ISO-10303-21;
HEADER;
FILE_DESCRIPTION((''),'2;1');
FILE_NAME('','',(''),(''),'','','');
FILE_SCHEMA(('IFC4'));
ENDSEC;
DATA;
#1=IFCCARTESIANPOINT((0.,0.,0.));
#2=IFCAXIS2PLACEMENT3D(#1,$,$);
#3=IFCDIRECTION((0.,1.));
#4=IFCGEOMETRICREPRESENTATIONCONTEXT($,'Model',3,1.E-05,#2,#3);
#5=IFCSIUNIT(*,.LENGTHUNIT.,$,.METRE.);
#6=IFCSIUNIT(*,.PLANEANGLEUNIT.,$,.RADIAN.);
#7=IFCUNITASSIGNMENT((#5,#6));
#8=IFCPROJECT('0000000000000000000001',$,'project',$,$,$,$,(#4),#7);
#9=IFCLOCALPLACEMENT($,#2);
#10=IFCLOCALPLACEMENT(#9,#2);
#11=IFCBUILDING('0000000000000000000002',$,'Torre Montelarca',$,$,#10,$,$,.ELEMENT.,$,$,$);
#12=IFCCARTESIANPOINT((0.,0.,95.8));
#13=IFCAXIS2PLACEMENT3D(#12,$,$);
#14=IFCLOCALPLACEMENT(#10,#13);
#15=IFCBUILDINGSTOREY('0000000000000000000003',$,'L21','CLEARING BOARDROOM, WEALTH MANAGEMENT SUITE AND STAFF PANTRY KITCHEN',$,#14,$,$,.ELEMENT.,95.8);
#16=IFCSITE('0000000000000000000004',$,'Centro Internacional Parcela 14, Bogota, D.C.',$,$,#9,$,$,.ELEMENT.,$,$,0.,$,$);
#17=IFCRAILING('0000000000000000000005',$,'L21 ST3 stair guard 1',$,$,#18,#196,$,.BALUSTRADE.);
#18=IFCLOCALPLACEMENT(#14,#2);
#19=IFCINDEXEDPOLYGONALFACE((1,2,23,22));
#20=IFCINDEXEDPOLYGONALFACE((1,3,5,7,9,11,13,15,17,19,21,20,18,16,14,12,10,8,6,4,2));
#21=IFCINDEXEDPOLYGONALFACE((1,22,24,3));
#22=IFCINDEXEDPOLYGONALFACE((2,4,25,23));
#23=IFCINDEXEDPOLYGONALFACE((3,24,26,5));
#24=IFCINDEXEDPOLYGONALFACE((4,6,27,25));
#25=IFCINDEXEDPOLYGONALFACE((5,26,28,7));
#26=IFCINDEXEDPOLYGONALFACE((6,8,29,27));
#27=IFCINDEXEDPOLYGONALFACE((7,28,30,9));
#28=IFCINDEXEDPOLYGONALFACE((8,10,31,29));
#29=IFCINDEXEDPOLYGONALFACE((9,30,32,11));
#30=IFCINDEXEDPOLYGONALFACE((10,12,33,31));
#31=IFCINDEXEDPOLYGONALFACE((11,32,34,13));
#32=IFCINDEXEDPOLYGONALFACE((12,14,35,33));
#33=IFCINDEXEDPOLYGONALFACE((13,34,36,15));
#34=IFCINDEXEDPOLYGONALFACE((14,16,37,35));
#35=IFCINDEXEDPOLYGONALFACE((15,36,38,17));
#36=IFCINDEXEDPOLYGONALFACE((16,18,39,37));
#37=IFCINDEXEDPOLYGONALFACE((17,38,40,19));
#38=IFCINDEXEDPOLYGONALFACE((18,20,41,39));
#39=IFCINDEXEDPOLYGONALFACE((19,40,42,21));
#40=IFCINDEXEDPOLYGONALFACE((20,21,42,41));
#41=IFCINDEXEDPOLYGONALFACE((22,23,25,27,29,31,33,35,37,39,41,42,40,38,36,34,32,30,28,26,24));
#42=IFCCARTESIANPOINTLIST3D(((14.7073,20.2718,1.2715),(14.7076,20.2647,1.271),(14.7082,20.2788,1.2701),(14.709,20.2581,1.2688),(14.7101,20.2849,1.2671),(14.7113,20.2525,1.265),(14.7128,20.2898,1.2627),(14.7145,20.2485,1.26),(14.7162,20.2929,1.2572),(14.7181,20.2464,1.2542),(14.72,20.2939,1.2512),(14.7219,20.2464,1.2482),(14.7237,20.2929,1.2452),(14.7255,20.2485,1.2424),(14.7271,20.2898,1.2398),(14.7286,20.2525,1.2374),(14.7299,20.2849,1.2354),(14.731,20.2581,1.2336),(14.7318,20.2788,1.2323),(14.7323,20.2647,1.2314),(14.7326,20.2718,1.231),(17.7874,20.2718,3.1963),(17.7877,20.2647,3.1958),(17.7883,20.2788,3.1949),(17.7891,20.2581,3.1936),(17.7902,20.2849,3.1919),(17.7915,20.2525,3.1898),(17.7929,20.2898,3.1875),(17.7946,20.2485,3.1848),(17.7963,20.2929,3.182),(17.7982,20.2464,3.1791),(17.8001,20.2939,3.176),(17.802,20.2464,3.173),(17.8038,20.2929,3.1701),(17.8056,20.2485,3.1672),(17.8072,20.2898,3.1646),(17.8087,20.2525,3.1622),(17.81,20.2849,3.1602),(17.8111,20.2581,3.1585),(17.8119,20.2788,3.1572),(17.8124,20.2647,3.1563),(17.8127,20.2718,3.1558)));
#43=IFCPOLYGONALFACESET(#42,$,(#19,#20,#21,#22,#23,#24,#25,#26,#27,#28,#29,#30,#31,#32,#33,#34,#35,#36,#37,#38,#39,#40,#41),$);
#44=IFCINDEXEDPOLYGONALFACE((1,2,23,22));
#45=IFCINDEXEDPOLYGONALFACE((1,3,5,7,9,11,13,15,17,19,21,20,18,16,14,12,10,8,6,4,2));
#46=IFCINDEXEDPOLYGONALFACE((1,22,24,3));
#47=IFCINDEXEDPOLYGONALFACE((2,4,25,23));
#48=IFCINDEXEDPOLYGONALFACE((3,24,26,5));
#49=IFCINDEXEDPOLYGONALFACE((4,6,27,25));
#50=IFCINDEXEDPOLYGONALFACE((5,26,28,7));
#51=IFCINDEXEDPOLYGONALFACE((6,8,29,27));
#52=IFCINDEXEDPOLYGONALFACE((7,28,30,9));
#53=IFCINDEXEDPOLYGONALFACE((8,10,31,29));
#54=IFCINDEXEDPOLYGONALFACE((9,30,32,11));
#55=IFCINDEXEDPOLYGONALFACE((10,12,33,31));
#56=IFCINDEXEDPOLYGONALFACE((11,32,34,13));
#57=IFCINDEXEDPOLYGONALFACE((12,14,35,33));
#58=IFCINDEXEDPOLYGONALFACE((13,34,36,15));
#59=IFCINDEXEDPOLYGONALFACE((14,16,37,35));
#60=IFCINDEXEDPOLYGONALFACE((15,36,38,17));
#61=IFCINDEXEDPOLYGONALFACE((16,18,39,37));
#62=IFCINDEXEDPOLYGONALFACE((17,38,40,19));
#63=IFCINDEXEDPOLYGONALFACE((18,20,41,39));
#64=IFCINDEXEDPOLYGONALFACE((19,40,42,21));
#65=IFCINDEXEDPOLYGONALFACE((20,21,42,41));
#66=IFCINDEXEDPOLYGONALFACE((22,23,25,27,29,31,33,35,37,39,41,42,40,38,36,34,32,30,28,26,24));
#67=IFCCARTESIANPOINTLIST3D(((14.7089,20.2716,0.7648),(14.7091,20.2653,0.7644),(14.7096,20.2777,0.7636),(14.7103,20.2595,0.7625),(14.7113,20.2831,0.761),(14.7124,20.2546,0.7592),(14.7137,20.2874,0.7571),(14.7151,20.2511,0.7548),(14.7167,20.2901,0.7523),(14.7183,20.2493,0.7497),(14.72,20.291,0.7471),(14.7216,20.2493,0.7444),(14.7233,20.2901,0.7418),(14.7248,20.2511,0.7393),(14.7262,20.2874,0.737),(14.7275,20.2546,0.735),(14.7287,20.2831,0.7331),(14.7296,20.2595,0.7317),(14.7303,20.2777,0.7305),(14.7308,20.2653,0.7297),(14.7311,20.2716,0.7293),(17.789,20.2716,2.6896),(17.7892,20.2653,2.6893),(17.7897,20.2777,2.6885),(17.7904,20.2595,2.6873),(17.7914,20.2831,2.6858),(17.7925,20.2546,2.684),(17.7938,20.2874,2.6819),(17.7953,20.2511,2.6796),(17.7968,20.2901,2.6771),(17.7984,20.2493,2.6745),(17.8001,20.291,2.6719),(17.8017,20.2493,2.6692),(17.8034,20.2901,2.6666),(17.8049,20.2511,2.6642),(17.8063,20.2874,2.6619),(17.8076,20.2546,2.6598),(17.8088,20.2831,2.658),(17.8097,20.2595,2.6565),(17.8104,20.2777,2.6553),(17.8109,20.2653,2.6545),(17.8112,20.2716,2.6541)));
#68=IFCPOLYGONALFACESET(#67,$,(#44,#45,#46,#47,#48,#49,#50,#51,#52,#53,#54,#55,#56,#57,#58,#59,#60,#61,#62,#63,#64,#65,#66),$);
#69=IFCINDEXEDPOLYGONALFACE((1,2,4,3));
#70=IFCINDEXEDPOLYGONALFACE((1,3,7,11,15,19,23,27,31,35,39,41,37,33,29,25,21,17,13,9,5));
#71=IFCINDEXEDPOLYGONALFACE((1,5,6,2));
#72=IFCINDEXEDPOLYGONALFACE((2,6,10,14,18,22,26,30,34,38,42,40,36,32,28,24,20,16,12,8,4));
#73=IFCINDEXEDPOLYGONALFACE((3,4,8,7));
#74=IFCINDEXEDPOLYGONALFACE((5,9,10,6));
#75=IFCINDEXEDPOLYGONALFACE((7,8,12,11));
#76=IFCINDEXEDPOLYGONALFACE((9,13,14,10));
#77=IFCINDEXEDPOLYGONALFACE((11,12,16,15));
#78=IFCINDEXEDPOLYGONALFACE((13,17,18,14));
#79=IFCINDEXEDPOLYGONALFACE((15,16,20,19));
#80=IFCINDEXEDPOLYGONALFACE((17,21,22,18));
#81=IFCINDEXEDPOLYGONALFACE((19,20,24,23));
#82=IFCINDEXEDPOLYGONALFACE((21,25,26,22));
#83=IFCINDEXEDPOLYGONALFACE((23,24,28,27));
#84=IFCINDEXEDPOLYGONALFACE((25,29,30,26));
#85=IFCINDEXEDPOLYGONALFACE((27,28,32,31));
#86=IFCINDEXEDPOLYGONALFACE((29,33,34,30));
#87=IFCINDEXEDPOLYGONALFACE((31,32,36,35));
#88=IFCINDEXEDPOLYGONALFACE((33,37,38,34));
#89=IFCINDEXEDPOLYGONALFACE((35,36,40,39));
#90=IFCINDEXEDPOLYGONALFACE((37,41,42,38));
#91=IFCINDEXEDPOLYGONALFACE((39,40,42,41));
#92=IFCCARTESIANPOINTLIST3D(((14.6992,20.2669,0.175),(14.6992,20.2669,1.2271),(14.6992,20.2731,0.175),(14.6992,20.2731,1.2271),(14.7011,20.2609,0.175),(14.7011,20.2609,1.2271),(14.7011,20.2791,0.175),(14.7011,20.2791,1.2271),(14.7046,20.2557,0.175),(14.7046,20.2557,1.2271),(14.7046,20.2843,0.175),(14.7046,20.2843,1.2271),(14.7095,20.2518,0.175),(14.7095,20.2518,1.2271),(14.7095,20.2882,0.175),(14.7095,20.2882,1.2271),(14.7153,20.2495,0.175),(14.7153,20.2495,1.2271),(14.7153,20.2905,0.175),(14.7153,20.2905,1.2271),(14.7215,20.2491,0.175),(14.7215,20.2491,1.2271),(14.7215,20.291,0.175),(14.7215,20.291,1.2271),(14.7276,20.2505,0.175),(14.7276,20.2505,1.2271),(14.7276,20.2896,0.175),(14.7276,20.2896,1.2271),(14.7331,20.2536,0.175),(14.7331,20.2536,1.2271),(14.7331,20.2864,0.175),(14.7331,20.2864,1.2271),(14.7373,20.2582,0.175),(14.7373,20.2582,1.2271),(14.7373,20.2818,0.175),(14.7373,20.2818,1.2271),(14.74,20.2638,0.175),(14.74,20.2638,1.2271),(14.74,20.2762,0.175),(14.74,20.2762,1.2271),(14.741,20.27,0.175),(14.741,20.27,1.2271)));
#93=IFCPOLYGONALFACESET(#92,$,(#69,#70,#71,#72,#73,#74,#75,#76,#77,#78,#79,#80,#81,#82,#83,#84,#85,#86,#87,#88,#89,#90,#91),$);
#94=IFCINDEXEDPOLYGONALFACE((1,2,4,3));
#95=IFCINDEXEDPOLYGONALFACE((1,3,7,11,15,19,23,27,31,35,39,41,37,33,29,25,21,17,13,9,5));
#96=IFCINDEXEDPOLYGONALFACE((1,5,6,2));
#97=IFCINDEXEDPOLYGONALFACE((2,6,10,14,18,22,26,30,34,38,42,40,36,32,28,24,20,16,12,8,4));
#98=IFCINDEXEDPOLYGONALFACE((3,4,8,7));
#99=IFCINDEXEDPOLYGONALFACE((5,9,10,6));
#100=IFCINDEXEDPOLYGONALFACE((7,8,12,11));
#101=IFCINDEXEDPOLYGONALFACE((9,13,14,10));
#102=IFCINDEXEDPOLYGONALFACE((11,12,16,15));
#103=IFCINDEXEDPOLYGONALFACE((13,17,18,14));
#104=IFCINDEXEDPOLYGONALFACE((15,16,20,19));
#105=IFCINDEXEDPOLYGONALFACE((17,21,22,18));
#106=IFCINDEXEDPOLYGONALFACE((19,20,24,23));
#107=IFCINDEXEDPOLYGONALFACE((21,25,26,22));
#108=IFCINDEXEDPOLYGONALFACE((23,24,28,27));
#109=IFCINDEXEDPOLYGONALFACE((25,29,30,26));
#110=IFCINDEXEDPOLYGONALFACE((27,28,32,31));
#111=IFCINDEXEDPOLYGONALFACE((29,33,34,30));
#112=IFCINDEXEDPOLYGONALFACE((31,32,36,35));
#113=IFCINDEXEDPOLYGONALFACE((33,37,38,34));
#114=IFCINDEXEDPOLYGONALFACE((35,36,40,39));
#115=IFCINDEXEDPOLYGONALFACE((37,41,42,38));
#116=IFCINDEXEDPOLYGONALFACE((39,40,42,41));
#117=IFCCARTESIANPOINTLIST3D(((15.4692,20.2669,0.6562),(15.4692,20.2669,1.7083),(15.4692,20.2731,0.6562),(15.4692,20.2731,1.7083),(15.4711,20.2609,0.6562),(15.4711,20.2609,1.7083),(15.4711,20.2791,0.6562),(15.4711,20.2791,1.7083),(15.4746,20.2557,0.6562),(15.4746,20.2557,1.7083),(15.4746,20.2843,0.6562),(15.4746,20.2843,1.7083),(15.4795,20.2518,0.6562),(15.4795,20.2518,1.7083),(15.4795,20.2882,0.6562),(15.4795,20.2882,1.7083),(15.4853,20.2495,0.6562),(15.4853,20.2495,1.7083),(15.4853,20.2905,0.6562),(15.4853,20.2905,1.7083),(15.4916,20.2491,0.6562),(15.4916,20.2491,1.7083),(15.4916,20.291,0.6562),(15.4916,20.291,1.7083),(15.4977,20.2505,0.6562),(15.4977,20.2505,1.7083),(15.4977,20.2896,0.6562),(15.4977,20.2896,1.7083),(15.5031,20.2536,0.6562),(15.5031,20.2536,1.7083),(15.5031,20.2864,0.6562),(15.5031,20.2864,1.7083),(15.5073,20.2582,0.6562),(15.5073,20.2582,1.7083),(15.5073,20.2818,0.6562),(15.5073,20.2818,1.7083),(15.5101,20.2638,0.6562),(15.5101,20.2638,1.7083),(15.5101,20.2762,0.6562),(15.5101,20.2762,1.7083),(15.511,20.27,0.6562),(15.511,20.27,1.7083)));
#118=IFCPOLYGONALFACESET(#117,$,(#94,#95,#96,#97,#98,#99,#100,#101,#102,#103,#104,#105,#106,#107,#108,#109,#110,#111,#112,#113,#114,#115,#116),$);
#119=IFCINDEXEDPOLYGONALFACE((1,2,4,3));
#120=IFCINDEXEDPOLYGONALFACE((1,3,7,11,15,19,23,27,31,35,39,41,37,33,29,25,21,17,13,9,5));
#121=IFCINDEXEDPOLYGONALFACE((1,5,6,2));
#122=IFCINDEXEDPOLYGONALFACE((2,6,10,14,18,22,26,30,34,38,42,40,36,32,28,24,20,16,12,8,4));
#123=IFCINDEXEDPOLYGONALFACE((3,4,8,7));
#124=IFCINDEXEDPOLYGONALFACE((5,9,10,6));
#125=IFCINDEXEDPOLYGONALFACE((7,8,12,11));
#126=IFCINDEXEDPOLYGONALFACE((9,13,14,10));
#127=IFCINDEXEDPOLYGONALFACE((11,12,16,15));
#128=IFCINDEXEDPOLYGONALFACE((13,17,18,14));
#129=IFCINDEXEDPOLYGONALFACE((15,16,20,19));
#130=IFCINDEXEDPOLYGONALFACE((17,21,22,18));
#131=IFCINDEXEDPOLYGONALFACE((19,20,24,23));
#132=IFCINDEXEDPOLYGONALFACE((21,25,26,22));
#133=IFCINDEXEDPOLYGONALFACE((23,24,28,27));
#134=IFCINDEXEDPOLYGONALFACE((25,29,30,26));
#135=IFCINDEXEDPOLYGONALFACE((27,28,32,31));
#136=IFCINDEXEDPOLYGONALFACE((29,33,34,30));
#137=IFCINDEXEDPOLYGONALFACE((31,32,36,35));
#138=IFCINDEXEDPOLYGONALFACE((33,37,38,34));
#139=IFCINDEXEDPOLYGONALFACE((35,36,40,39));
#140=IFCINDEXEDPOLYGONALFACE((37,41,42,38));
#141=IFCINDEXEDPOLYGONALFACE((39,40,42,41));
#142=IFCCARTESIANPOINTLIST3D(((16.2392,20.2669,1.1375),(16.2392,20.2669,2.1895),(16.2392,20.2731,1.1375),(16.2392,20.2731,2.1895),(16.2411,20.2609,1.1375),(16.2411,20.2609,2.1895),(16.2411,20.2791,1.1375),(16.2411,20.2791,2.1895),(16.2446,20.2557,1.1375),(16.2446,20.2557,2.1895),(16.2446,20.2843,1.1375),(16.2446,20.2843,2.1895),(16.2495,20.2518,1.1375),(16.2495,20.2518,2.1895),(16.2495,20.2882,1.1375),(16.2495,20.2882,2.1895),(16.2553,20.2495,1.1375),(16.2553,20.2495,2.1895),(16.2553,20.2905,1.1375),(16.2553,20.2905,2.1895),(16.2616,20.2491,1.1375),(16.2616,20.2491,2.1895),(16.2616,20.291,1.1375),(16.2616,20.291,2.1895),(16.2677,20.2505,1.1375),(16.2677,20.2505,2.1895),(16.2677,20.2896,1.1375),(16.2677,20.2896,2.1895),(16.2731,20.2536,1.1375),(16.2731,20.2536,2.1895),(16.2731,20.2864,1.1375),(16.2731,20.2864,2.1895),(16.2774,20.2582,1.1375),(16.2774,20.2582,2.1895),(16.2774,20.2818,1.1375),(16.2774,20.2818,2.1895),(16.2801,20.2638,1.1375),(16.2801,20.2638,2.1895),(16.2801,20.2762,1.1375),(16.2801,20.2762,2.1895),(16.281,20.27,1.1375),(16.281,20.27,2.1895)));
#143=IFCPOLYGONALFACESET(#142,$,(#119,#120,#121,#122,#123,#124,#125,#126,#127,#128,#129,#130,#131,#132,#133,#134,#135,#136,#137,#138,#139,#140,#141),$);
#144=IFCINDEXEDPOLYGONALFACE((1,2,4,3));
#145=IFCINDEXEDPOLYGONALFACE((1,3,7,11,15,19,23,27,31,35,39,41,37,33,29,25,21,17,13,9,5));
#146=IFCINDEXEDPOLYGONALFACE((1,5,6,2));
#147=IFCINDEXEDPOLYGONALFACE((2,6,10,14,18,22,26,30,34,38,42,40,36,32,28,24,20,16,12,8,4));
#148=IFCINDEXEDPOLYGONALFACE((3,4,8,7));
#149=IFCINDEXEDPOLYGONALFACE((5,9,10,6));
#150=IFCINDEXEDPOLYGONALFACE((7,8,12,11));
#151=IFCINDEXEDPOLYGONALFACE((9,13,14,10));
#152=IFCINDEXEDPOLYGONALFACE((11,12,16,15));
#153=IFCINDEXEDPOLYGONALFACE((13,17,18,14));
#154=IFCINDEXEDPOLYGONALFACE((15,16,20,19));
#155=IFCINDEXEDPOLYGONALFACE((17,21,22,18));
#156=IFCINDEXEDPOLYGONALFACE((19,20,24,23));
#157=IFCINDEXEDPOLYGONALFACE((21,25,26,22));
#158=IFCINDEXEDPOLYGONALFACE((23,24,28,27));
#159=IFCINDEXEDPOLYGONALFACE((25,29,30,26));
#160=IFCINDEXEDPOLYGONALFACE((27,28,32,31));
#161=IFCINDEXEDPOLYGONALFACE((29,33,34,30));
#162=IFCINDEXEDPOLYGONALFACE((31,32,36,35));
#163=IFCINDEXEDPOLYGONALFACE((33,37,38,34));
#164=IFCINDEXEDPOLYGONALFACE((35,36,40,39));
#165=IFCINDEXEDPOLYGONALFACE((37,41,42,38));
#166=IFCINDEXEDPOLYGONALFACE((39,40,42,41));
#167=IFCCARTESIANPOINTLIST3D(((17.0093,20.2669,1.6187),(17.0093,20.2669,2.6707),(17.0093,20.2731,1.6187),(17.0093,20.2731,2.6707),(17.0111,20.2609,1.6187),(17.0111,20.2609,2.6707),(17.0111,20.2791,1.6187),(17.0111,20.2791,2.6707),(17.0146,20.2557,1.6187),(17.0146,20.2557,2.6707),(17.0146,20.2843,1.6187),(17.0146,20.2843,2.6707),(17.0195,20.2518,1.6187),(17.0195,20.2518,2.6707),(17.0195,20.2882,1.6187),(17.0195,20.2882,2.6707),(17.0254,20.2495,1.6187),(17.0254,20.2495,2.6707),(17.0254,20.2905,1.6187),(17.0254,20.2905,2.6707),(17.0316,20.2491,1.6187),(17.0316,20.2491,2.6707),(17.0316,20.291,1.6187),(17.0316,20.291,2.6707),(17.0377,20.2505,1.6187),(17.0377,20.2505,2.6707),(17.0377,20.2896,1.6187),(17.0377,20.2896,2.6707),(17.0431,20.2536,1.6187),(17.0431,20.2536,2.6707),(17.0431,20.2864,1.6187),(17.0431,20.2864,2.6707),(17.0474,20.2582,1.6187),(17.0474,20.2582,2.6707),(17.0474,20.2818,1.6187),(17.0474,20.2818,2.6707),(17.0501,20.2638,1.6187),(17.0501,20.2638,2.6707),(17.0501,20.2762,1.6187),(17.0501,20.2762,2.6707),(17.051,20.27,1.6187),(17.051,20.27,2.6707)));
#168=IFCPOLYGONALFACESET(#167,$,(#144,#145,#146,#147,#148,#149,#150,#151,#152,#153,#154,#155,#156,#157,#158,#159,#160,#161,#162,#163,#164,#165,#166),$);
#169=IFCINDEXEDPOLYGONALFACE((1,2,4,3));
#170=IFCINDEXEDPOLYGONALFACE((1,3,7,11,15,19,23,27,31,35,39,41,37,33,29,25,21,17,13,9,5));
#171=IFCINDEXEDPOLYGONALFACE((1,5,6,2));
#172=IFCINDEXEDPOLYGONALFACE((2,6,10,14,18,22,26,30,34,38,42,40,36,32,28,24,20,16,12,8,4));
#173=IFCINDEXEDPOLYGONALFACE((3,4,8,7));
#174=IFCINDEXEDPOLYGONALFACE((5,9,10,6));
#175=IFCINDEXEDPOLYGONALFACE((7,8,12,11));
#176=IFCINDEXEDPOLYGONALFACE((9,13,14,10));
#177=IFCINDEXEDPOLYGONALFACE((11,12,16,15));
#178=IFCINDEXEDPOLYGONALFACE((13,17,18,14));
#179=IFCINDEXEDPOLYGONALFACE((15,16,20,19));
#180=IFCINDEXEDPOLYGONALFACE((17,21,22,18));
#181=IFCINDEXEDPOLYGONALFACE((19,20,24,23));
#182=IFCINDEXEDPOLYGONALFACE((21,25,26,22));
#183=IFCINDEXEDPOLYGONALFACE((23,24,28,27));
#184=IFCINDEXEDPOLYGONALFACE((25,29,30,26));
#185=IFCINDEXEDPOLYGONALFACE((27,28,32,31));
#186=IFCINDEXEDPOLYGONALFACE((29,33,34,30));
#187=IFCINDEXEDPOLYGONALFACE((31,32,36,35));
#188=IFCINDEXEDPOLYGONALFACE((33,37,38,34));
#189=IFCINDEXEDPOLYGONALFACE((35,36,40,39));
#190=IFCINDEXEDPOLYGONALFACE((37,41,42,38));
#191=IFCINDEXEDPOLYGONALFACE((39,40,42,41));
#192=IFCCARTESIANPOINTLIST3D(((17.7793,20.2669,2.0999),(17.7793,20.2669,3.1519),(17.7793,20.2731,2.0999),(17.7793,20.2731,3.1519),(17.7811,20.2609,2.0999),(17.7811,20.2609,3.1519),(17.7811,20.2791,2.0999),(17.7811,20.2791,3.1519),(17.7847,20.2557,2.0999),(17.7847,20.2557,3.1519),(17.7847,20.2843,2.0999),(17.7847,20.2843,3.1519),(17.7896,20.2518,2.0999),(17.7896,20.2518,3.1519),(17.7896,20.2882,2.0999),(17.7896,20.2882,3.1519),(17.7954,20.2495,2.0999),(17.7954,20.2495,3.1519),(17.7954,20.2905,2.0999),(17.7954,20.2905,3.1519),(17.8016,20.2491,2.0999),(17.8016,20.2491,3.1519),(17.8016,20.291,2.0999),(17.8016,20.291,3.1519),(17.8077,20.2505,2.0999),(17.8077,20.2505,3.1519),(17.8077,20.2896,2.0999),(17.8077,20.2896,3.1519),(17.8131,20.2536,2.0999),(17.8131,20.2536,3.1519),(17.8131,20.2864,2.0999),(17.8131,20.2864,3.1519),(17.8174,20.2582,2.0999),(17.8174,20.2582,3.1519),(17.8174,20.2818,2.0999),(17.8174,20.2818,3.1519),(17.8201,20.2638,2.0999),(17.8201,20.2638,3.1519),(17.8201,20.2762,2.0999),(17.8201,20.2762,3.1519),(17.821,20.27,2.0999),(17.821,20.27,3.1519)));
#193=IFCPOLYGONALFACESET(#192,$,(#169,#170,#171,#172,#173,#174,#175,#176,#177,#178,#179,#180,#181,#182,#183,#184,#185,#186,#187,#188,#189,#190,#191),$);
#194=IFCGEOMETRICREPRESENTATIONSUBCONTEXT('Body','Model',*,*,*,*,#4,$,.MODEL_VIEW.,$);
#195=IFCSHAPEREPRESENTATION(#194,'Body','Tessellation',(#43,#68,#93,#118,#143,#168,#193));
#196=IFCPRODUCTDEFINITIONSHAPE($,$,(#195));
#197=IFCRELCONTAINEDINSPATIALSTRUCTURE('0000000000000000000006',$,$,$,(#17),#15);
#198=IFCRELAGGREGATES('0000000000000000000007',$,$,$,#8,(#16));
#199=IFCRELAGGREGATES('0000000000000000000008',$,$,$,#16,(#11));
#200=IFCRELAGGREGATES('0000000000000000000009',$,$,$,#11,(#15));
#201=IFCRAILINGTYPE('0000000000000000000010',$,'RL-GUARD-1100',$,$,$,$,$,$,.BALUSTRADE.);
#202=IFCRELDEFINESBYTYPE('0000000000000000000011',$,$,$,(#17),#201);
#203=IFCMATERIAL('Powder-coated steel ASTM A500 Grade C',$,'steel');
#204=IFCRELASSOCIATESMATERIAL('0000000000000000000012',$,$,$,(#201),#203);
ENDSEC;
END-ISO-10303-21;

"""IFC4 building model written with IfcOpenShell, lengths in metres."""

from ifc_helpers import new_model, si_unit, direction, frame, origin, origin_2d, place, context, subcontext, project, spatial, circle, extrude, material, type_object, element, save


model = new_model("IFC4")

# Units and contexts
model_context = context("Model", 3, precision=1e-05, world=origin(), true_north=direction((0.0, 1.0)))
body_context = subcontext(model_context, "Body", "Model", "MODEL_VIEW")
ifc_project = project(units=[si_unit("LENGTHUNIT", "METRE"), si_unit("PLANEANGLEUNIT", "RADIAN")], contexts=[model_context])

# Site, building, storey
site_placement = place(None, origin())
site = spatial("IfcSite", under=ifc_project, at=site_placement, Name="Centro Internacional Parcela 14, Bogota, D.C.", CompositionType="ELEMENT", RefElevation=0.0)
building_placement = place(site_placement, origin())
building = spatial("IfcBuilding", under=site, at=building_placement, Name="Torre Montelarca", CompositionType="ELEMENT")
storey_placement = place(building_placement, frame((0.0, 0.0, 95.8)))
storey = spatial("IfcBuildingStorey", under=building, at=storey_placement, Name="L21", Description="CLEARING BOARDROOM, WEALTH MANAGEMENT SUITE AND STAFF PANTRY KITCHEN", CompositionType="ELEMENT", Elevation=95.8)

# Railing
ifc_material_1 = material(Name="Powder-coated steel ASTM A500 Grade C", Category="steel")
railing_type_1 = type_object("IfcRailingType", Name="RL-GUARD-1100", PredefinedType="BALUSTRADE", material=ifc_material_1)
railing_1_placement = place(storey_placement, frame((14.72, 20.27, 0.175)))
element("IfcRailing", 1, at=railing_1_placement, inside=storey, type_object=railing_type_1, Name="L21 ST3 stair guard 1", PredefinedType="BALUSTRADE", context=body_context, shape_type="SweptSolid", body=[
    extrude(circle(Radius=0.0239, at=origin_2d()), frame((0.0, 0.0, 1.0762), z_axis=(0.848029, 0.0, 0.529951), x_axis=(0.0, 1.0, 0.0)), (0.0, 0.0, 1.0), 3.6321),
    extrude(circle(Radius=0.021, at=origin_2d()), frame((0.0, 0.0, 0.572), z_axis=(0.848029, 0.0, 0.529951), x_axis=(0.0, 1.0, 0.0)), (0.0, 0.0, 1.0), 3.6321),
    extrude(circle(Radius=0.021, at=origin_2d()), origin(), (0.0, 0.0, 1.0), 1.052),
    extrude(circle(Radius=0.021, at=origin_2d()), frame((0.77, 0.0, 0.4812)), (0.0, 0.0, 1.0), 1.052),
    extrude(circle(Radius=0.021, at=origin_2d()), frame((1.54, 0.0, 0.9624)), (0.0, 0.0, 1.0), 1.052),
    extrude(circle(Radius=0.021, at=origin_2d()), frame((2.3101, 0.0, 1.4436)), (0.0, 0.0, 1.0), 1.052),
    extrude(circle(Radius=0.021, at=origin_2d()), frame((3.0801, 0.0, 1.9248)), (0.0, 0.0, 1.0), 1.052),
])

save(model, "model.ifc")
